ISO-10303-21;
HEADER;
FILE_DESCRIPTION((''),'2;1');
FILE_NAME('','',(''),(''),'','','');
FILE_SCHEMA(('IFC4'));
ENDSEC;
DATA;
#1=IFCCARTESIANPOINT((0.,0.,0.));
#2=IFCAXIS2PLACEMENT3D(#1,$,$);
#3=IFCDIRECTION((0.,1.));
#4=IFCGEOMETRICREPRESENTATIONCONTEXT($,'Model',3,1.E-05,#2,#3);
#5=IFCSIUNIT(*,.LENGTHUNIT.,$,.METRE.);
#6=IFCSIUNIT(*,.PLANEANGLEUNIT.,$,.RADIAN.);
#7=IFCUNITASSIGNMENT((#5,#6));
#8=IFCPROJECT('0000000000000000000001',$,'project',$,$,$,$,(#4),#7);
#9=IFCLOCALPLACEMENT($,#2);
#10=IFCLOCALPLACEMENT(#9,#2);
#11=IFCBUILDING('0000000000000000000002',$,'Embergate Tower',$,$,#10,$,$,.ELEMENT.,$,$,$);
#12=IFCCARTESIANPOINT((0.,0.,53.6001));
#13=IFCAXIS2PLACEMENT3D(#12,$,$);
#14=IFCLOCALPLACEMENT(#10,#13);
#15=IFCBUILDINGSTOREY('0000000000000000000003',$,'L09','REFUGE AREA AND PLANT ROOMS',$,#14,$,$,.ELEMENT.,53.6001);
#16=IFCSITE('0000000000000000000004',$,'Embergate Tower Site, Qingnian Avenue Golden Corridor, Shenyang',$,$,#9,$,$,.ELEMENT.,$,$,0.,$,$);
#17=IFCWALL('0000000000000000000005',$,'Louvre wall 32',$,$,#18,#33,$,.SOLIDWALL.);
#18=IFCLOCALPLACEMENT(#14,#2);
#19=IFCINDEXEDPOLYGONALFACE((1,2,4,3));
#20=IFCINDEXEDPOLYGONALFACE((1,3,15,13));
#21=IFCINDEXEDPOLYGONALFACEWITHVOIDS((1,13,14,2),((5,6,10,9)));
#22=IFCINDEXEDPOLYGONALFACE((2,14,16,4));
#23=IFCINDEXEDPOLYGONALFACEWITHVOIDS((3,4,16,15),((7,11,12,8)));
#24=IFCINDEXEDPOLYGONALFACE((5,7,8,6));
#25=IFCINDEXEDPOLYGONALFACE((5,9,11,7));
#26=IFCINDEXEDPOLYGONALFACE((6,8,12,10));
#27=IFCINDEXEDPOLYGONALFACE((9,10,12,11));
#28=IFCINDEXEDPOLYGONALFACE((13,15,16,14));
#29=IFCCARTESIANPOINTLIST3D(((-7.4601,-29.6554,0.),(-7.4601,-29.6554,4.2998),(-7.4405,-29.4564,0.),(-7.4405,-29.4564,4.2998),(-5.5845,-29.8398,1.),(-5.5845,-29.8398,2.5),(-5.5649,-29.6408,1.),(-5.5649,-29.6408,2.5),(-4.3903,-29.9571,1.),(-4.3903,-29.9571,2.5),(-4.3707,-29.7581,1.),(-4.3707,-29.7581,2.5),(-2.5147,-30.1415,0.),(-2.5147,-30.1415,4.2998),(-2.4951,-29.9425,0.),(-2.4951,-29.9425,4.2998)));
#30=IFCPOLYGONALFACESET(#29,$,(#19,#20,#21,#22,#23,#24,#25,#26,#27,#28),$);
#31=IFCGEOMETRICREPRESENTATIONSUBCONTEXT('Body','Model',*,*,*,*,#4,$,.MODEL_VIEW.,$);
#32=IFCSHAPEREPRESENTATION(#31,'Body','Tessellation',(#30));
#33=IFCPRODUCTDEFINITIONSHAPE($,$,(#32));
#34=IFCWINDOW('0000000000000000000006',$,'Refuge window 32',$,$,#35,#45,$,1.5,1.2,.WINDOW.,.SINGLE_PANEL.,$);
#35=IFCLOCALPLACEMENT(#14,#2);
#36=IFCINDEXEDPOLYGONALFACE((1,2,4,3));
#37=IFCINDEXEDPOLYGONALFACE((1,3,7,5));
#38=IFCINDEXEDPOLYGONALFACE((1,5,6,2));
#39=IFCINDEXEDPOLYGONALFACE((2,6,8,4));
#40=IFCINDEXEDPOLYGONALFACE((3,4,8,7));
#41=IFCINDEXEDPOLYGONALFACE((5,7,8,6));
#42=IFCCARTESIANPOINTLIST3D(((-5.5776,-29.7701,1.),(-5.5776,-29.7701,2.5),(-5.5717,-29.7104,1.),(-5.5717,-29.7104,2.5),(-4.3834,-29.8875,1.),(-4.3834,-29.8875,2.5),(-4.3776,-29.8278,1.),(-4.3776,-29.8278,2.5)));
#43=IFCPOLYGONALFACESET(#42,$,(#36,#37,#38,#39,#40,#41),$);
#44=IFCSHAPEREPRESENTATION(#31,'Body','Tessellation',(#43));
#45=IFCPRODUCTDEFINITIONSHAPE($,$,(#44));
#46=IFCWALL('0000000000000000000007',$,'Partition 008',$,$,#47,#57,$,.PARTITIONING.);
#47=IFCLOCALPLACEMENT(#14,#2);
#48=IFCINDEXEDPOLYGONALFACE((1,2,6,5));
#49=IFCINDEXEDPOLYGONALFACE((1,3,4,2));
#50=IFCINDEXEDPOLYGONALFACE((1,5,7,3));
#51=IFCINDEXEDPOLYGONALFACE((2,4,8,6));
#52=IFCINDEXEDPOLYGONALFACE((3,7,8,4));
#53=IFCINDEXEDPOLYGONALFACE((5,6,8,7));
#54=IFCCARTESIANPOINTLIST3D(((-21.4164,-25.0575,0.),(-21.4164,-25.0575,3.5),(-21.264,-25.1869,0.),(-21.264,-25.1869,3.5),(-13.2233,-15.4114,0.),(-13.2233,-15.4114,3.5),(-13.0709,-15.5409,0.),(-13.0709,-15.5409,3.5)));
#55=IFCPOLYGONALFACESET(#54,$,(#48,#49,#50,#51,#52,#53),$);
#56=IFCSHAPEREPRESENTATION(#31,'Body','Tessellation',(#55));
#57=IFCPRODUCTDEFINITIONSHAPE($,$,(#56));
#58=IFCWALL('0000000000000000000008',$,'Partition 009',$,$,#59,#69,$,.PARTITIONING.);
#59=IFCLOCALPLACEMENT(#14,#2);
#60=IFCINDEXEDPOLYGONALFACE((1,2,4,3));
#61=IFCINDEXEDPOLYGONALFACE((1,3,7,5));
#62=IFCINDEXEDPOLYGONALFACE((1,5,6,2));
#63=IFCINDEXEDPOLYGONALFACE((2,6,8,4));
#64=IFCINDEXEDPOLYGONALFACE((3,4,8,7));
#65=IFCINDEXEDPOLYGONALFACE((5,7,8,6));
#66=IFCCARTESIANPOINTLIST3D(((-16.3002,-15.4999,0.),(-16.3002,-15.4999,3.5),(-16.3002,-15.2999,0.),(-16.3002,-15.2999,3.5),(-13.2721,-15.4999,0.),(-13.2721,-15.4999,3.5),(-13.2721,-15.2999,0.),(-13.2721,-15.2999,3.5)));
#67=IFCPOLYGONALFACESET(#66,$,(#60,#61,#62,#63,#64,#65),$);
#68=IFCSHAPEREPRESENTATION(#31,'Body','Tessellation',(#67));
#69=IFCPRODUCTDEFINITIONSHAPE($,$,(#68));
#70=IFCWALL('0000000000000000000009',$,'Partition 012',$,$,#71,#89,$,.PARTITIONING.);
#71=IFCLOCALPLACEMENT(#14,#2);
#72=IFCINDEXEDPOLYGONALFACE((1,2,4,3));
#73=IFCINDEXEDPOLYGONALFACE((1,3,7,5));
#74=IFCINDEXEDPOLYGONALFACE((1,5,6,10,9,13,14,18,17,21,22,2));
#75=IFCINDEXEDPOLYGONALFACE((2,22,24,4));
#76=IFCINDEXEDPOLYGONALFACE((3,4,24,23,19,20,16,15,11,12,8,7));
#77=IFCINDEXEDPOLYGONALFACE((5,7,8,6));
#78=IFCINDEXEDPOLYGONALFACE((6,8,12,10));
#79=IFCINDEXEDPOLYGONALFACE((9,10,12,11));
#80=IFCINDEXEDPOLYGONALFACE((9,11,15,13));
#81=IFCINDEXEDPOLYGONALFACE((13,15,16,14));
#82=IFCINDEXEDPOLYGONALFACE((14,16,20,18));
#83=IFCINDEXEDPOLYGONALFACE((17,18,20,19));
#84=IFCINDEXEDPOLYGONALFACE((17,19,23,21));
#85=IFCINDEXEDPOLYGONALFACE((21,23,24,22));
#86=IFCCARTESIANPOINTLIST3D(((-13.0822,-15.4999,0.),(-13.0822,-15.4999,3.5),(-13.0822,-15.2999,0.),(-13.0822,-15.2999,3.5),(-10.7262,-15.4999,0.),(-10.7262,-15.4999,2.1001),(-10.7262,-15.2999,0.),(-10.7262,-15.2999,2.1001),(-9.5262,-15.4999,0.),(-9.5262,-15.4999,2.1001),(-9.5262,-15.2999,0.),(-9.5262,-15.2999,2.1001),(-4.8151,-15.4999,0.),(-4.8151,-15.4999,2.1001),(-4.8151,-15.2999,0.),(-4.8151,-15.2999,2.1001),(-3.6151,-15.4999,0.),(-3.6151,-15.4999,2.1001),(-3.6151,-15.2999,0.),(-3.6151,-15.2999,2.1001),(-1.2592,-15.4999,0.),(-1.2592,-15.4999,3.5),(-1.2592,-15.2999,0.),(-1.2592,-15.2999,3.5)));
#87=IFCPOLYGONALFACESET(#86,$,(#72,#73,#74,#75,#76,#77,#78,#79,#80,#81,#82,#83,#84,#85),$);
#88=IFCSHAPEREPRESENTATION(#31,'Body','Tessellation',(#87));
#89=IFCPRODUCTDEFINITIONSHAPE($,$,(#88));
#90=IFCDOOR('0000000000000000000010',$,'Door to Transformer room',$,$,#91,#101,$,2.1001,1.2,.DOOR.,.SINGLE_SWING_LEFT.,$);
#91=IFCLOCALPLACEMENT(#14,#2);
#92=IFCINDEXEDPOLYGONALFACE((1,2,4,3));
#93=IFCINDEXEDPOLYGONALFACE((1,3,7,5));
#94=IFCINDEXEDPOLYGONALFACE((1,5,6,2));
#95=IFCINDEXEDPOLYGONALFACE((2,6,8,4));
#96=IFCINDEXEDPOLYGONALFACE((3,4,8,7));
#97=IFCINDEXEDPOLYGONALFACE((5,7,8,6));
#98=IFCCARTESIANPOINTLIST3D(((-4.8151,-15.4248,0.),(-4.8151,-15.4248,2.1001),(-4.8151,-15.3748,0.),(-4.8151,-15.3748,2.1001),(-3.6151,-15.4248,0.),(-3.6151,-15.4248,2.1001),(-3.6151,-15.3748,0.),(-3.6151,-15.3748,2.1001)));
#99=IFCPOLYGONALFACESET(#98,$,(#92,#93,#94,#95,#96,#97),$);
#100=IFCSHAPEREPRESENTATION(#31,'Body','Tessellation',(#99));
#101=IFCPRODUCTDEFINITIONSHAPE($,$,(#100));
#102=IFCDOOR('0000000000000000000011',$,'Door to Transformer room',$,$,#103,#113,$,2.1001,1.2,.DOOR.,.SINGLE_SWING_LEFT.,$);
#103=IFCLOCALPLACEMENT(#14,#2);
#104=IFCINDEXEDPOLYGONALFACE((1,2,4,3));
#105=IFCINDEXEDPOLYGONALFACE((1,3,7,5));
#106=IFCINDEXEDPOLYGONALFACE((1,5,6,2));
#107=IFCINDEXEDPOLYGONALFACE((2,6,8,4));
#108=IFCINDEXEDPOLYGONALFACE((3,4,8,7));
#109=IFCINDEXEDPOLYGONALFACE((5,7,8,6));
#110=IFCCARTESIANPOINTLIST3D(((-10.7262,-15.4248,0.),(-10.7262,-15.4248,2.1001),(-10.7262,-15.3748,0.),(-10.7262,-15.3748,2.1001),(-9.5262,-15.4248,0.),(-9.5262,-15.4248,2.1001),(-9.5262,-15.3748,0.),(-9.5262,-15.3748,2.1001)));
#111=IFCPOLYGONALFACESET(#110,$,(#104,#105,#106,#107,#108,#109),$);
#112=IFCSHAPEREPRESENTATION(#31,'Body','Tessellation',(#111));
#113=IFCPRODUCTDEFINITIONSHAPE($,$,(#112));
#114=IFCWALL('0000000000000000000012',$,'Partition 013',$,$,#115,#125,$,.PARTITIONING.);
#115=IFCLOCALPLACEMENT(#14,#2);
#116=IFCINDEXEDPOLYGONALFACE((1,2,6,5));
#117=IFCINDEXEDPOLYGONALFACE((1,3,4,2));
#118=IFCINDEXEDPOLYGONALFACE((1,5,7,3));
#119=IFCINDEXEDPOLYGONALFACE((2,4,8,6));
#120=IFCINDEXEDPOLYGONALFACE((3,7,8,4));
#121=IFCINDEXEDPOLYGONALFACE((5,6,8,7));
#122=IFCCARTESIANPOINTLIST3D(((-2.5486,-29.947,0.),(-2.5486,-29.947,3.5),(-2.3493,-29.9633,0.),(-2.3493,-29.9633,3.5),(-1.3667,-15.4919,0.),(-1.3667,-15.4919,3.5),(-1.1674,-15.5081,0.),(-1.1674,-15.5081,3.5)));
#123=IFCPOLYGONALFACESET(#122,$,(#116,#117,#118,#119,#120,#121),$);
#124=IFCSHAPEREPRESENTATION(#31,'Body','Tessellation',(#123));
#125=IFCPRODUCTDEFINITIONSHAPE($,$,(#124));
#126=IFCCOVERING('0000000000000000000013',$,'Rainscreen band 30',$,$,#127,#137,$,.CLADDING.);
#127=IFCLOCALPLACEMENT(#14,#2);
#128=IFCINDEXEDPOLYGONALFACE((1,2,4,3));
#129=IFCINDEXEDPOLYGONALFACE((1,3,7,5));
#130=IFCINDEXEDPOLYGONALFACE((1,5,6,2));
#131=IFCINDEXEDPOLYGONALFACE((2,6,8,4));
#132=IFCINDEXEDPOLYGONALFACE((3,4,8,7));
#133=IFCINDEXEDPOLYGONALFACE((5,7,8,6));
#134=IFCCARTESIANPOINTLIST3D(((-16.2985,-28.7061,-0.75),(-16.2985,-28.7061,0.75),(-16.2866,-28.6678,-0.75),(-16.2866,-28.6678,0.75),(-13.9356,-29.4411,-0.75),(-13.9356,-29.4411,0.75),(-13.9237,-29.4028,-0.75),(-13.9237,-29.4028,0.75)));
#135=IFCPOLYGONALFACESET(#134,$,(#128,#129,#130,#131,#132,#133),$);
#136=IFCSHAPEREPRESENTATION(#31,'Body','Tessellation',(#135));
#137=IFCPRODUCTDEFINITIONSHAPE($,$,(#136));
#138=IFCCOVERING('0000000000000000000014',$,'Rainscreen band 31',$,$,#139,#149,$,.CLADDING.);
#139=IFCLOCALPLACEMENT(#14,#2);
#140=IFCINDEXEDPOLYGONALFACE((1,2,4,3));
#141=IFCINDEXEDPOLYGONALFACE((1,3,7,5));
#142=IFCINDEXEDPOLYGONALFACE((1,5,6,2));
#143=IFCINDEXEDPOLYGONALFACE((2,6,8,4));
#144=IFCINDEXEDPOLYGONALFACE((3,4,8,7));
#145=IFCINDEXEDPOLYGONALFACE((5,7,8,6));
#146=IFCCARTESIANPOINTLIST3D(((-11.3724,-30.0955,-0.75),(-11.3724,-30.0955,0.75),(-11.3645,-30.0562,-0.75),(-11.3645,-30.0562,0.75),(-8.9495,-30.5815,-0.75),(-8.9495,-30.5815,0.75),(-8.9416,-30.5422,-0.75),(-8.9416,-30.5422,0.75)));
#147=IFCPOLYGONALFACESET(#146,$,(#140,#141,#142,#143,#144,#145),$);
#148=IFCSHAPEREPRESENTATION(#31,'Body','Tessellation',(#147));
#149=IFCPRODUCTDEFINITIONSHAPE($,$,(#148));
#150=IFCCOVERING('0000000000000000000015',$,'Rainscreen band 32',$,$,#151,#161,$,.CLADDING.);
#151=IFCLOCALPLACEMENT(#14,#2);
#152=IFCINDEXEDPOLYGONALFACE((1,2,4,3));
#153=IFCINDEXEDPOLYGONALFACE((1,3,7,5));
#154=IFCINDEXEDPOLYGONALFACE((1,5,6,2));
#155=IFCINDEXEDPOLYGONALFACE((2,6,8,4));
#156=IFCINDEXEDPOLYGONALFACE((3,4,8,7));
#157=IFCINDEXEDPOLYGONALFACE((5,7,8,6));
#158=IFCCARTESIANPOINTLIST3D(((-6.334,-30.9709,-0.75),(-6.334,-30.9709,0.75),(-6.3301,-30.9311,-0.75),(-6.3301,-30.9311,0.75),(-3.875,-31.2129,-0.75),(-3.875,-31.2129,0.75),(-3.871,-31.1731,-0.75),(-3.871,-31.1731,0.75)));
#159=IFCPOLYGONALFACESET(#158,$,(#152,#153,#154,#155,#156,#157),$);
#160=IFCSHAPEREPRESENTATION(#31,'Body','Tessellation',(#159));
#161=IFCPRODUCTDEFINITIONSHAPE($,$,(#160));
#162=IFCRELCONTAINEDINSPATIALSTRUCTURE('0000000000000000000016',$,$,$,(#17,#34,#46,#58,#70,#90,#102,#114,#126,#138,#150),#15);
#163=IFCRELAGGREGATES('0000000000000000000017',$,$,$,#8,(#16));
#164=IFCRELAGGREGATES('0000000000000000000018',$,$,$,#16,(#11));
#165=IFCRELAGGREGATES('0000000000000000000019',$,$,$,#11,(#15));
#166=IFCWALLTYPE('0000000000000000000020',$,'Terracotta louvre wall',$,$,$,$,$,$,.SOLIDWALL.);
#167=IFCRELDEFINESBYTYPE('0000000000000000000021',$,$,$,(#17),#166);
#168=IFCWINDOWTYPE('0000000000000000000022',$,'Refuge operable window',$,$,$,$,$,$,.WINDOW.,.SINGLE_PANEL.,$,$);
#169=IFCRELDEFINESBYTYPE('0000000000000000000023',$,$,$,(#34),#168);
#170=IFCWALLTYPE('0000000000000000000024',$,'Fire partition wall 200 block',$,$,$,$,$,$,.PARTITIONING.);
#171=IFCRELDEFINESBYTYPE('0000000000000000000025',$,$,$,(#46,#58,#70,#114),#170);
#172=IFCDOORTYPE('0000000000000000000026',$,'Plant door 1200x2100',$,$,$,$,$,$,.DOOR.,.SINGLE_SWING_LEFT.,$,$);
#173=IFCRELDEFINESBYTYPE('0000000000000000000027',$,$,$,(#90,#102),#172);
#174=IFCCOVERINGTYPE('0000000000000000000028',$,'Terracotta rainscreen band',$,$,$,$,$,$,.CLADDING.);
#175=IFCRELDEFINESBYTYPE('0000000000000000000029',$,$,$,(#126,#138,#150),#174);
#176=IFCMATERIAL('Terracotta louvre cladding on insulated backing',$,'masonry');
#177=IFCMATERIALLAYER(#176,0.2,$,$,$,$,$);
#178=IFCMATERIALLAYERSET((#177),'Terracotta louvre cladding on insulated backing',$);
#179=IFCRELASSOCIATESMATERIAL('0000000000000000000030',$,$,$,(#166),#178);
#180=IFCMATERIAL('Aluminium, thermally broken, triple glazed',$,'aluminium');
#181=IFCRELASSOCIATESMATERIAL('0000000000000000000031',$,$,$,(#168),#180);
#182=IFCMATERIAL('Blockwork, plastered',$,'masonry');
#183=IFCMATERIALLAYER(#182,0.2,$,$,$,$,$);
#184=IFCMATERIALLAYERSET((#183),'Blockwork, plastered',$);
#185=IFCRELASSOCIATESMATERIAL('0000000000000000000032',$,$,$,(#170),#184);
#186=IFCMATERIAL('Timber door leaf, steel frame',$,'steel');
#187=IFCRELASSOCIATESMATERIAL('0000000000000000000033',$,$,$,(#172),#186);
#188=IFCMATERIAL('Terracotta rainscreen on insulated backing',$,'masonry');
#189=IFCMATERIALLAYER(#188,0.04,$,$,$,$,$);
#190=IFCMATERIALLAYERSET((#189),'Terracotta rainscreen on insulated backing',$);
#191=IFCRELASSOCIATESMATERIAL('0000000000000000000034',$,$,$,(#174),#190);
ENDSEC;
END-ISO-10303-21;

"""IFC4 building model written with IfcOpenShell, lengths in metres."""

from ifc_helpers import new_model, si_unit, direction, frame, frame_2d, origin, origin_2d, place, context, subcontext, project, spatial, rectangle, extrude, source, transform, mapped, material, layer, layer_set, type_object, element, fill, save


model = new_model("IFC4")

# Units and contexts
model_context = context("Model", 3, precision=1e-05, world=origin(), true_north=direction((0.0, 1.0)))
body_context = subcontext(model_context, "Body", "Model", "MODEL_VIEW")
ifc_project = project(units=[si_unit("LENGTHUNIT", "METRE"), si_unit("PLANEANGLEUNIT", "RADIAN")], contexts=[model_context])

# Site, building, storey
site_placement = place(None, origin())
site = spatial("IfcSite", under=ifc_project, at=site_placement, Name="Embergate Tower Site, Qingnian Avenue Golden Corridor, Shenyang", CompositionType="ELEMENT", RefElevation=0.0)
building_placement = place(site_placement, origin())
building = spatial("IfcBuilding", under=site, at=building_placement, Name="Embergate Tower", CompositionType="ELEMENT")
storey_placement = place(building_placement, frame((0.0, 0.0, 53.6001)))
storey = spatial("IfcBuildingStorey", under=building, at=storey_placement, Name="L09", Description="REFUGE AREA AND PLANT ROOMS", CompositionType="ELEMENT", Elevation=53.6001)

# Wall, opening, window
ifc_material_1 = material(Name="Terracotta louvre cladding on insulated backing", Category="masonry")
ifc_layer_1 = layer(ifc_material_1, 0.2)
ifc_layer_set_1 = layer_set([ifc_layer_1], Name="Terracotta louvre cladding on insulated backing")
wall_type_1 = type_object("IfcWallType", Name="Terracotta louvre wall", PredefinedType="SOLIDWALL", material=ifc_layer_set_1)
shared_shape_1 = source(origin(), body_context, "Body", "SweptSolid", [
    extrude(rectangle(XDim=1.2, YDim=1.5, at=frame_2d((0.6001, 0.75))), frame((0.0, 0.1099, 0.0), z_axis=(0.0, -1.0, 0.0), x_axis=(1.0, 0.0, 0.0)), (0.0, 0.0, 1.0), 0.22),
])
ifc_material_2 = material(Name="Aluminium, thermally broken, triple glazed", Category="aluminium")
window_type = type_object("IfcWindowType", Name="Refuge operable window", PartitioningType="SINGLE_PANEL", PredefinedType="WINDOW", material=ifc_material_2)
shared_shape_2 = source(origin(), body_context, "Body", "SweptSolid", [
    extrude(rectangle(XDim=1.2, YDim=1.5, at=frame_2d((0.6001, 0.75))), frame((0.0, 0.03, 0.0), z_axis=(0.0, -1.0, 0.0), x_axis=(1.0, 0.0, 0.0)), (0.0, 0.0, 1.0), 0.0601),
])
shared_shape_3 = source(origin(), body_context, "Body", "SweptSolid", [
    extrude(rectangle(XDim=4.9692, YDim=0.2, at=frame_2d((2.4846, 0.0))), origin(), (0.0, 0.0, 1.0), 4.2998),
])
wall_1_placement = place(storey_placement, frame((-2.5049, -30.042, 0.0), z_axis=(0.0, 0.0, 1.0), x_axis=(-0.995204, 0.09782, 0.0)))
wall_1 = element("IfcWall", 1, at=wall_1_placement, inside=storey, type_object=wall_type_1, Name="Louvre wall 32", PredefinedType="SOLIDWALL", context=body_context, shape_type="MappedRepresentation", body=[
    mapped(shared_shape_3, transform((0.0, 0.0, 0.0))),
])
opening_1_placement = place(wall_1_placement, frame((1.8845, 0.0, 1.0)))
opening_1 = element("IfcOpeningElement", 2, at=opening_1_placement, cuts=wall_1, PredefinedType="OPENING", context=body_context, shape_type="MappedRepresentation", body=[
    mapped(shared_shape_1, transform((0.0, 0.0, 0.0))),
])
window_1_placement = place(opening_1_placement, origin())
window_1 = element("IfcWindow", 3, at=window_1_placement, inside=storey, type_object=window_type, Name="Refuge window 32", OverallHeight=1.5, OverallWidth=1.2, PartitioningType="SINGLE_PANEL", PredefinedType="WINDOW", context=body_context, shape_type="MappedRepresentation", body=[
    mapped(shared_shape_2, transform((0.0, 0.0, 0.0))),
])
fill(opening_1, window_1)

# Walls
ifc_material_3 = material(Name="Blockwork, plastered", Category="masonry")
ifc_layer_2 = layer(ifc_material_3, 0.2)
ifc_layer_set_2 = layer_set([ifc_layer_2], Name="Blockwork, plastered")
wall_type_2 = type_object("IfcWallType", Name="Fire partition wall 200 block", PredefinedType="PARTITIONING", material=ifc_layer_set_2)
shared_shape_4 = source(origin(), body_context, "Body", "SweptSolid", [
    extrude(rectangle(XDim=12.656, YDim=0.2, at=frame_2d((6.3281, 0.0))), origin(), (0.0, 0.0, 1.0), 3.5),
])
wall_2_placement = place(storey_placement, frame((-13.147, -15.4761, 0.0), z_axis=(0.0, 0.0, 1.0), x_axis=(-0.647374, -0.762172, 0.0)))
element("IfcWall", 4, at=wall_2_placement, inside=storey, type_object=wall_type_2, Name="Partition 008", PredefinedType="PARTITIONING", context=body_context, shape_type="MappedRepresentation", body=[
    mapped(shared_shape_4, transform((0.0, 0.0, 0.0))),
])
shared_shape_5 = source(origin(), body_context, "Body", "SweptSolid", [
    extrude(rectangle(XDim=3.0281, YDim=0.2, at=frame_2d((1.5142, 0.0))), origin(), (0.0, 0.0, 1.0), 3.5),
])
wall_3_placement = place(storey_placement, frame((-13.272, -15.3999, 0.0), z_axis=(0.0, 0.0, 1.0), x_axis=(-1.0, 0.0, 0.0)))
element("IfcWall", 5, at=wall_3_placement, inside=storey, type_object=wall_type_2, Name="Partition 009", PredefinedType="PARTITIONING", context=body_context, shape_type="MappedRepresentation", body=[
    mapped(shared_shape_5, transform((0.0, 0.0, 0.0))),
])

# Wall, openings, doors
shared_shape_6 = source(origin(), body_context, "Body", "SweptSolid", [
    extrude(rectangle(XDim=11.823, YDim=0.2, at=frame_2d((5.9116, 0.0))), origin(), (0.0, 0.0, 1.0), 3.5),
])
wall_4_placement = place(storey_placement, frame((-1.259, -15.3999, 0.0), z_axis=(0.0, 0.0, 1.0), x_axis=(-1.0, 0.0, 0.0)))
wall_4 = element("IfcWall", 6, at=wall_4_placement, inside=storey, type_object=wall_type_2, Name="Partition 012", PredefinedType="PARTITIONING", context=body_context, shape_type="MappedRepresentation", body=[
    mapped(shared_shape_6, transform((0.0, 0.0, 0.0))),
])
shared_shape_7 = source(origin(), body_context, "Body", "SweptSolid", [
    extrude(rectangle(XDim=1.2, YDim=2.1001, at=frame_2d((0.6001, 1.05))), frame((0.0, 0.1099, 0.0), z_axis=(0.0, -1.0, 0.0), x_axis=(1.0, 0.0, 0.0)), (0.0, 0.0, 1.0), 0.22),
])
opening_2_placement = place(wall_4_placement, frame((2.356, 0.0, 0.0)))
opening_2 = element("IfcOpeningElement", 7, at=opening_2_placement, cuts=wall_4, PredefinedType="OPENING", context=body_context, shape_type="MappedRepresentation", body=[
    mapped(shared_shape_7, transform((0.0, 0.0, 0.0))),
])
opening_3_placement = place(wall_4_placement, frame((8.2671, 0.0, 0.0)))
opening_3 = element("IfcOpeningElement", 8, at=opening_3_placement, cuts=wall_4, PredefinedType="OPENING", context=body_context, shape_type="MappedRepresentation", body=[
    mapped(shared_shape_7, transform((0.0, 0.0, 0.0))),
])
ifc_material_4 = material(Name="Timber door leaf, steel frame", Category="steel")
door_type_1 = type_object("IfcDoorType", Name="Plant door 1200x2100", OperationType="SINGLE_SWING_LEFT", PredefinedType="DOOR", material=ifc_material_4)
shared_shape_8 = source(origin(), body_context, "Body", "SweptSolid", [
    extrude(rectangle(XDim=1.2, YDim=2.1001, at=frame_2d((0.6001, 1.05))), frame((0.0, 0.0249, 0.0), z_axis=(0.0, -1.0, 0.0), x_axis=(1.0, 0.0, 0.0)), (0.0, 0.0, 1.0), 0.05),
])
door_1_placement = place(opening_2_placement, origin())
door_1 = element("IfcDoor", 9, at=door_1_placement, inside=storey, type_object=door_type_1, Name="Door to Transformer room", OperationType="SINGLE_SWING_LEFT", OverallHeight=2.1001, OverallWidth=1.2, PredefinedType="DOOR", context=body_context, shape_type="MappedRepresentation", body=[
    mapped(shared_shape_8, transform((0.0, 0.0, 0.0))),
])
fill(opening_2, door_1)
door_2_placement = place(opening_3_placement, origin())
door_2 = element("IfcDoor", 10, at=door_2_placement, inside=storey, type_object=door_type_1, Name="Door to Transformer room", OperationType="SINGLE_SWING_LEFT", OverallHeight=2.1001, OverallWidth=1.2, PredefinedType="DOOR", context=body_context, shape_type="MappedRepresentation", body=[
    mapped(shared_shape_8, transform((0.0, 0.0, 0.0))),
])
fill(opening_3, door_2)

# Wall
shared_shape_9 = source(origin(), body_context, "Body", "SweptSolid", [
    extrude(rectangle(XDim=14.5034, YDim=0.2, at=frame_2d((7.2517, 0.0))), origin(), (0.0, 0.0, 1.0), 3.5),
])
wall_5_placement = place(storey_placement, frame((-1.2671, -15.5, 0.0), z_axis=(0.0, 0.0, 1.0), x_axis=(-0.081491, -0.996674, 0.0)))
element("IfcWall", 11, at=wall_5_placement, inside=storey, type_object=wall_type_2, Name="Partition 013", PredefinedType="PARTITIONING", context=body_context, shape_type="MappedRepresentation", body=[
    mapped(shared_shape_9, transform((0.0, 0.0, 0.0))),
])

# Coverings
ifc_material_5 = material(Name="Terracotta rainscreen on insulated backing", Category="masonry")
ifc_layer_3 = layer(ifc_material_5, 0.04)
ifc_layer_set_3 = layer_set([ifc_layer_3], Name="Terracotta rainscreen on insulated backing")
covering_type = type_object("IfcCoveringType", Name="Terracotta rainscreen band", PredefinedType="CLADDING", material=ifc_layer_set_3)
shared_shape_10 = source(origin(), body_context, "Body", "SweptSolid", [
    extrude(rectangle(XDim=2.4746, YDim=0.04, at=origin_2d()), origin(), (0.0, 0.0, 1.0), 1.5),
])
covering_1_placement = place(storey_placement, frame((-15.1111, -29.0544, -0.75), z_axis=(0.0, 0.0, 1.0), x_axis=(0.954874, -0.29701, 0.0)))
element("IfcCovering", 12, at=covering_1_placement, inside=storey, type_object=covering_type, Name="Rainscreen band 30", PredefinedType="CLADDING", context=body_context, shape_type="MappedRepresentation", body=[
    mapped(shared_shape_10, transform((0.0, 0.0, 0.0))),
])
shared_shape_11 = source(origin(), body_context, "Body", "SweptSolid", [
    extrude(rectangle(XDim=2.4712, YDim=0.04, at=origin_2d()), origin(), (0.0, 0.0, 1.0), 1.5),
])
covering_2_placement = place(storey_placement, frame((-10.157, -30.3188, -0.75), z_axis=(0.0, 0.0, 1.0), x_axis=(0.980471, -0.196661, 0.0)))
element("IfcCovering", 13, at=covering_2_placement, inside=storey, type_object=covering_type, Name="Rainscreen band 31", PredefinedType="CLADDING", context=body_context, shape_type="MappedRepresentation", body=[
    mapped(shared_shape_11, transform((0.0, 0.0, 0.0))),
])
shared_shape_12 = source(origin(), body_context, "Body", "SweptSolid", [
    extrude(rectangle(XDim=2.4709, YDim=0.04, at=origin_2d()), origin(), (0.0, 0.0, 1.0), 1.5),
])
covering_3_placement = place(storey_placement, frame((-5.1025, -31.072, -0.75), z_axis=(0.0, 0.0, 1.0), x_axis=(0.995192, -0.097941, 0.0)))
element("IfcCovering", 14, at=covering_3_placement, inside=storey, type_object=covering_type, Name="Rainscreen band 32", PredefinedType="CLADDING", context=body_context, shape_type="MappedRepresentation", body=[
    mapped(shared_shape_12, transform((0.0, 0.0, 0.0))),
])

save(model, "model.ifc")
